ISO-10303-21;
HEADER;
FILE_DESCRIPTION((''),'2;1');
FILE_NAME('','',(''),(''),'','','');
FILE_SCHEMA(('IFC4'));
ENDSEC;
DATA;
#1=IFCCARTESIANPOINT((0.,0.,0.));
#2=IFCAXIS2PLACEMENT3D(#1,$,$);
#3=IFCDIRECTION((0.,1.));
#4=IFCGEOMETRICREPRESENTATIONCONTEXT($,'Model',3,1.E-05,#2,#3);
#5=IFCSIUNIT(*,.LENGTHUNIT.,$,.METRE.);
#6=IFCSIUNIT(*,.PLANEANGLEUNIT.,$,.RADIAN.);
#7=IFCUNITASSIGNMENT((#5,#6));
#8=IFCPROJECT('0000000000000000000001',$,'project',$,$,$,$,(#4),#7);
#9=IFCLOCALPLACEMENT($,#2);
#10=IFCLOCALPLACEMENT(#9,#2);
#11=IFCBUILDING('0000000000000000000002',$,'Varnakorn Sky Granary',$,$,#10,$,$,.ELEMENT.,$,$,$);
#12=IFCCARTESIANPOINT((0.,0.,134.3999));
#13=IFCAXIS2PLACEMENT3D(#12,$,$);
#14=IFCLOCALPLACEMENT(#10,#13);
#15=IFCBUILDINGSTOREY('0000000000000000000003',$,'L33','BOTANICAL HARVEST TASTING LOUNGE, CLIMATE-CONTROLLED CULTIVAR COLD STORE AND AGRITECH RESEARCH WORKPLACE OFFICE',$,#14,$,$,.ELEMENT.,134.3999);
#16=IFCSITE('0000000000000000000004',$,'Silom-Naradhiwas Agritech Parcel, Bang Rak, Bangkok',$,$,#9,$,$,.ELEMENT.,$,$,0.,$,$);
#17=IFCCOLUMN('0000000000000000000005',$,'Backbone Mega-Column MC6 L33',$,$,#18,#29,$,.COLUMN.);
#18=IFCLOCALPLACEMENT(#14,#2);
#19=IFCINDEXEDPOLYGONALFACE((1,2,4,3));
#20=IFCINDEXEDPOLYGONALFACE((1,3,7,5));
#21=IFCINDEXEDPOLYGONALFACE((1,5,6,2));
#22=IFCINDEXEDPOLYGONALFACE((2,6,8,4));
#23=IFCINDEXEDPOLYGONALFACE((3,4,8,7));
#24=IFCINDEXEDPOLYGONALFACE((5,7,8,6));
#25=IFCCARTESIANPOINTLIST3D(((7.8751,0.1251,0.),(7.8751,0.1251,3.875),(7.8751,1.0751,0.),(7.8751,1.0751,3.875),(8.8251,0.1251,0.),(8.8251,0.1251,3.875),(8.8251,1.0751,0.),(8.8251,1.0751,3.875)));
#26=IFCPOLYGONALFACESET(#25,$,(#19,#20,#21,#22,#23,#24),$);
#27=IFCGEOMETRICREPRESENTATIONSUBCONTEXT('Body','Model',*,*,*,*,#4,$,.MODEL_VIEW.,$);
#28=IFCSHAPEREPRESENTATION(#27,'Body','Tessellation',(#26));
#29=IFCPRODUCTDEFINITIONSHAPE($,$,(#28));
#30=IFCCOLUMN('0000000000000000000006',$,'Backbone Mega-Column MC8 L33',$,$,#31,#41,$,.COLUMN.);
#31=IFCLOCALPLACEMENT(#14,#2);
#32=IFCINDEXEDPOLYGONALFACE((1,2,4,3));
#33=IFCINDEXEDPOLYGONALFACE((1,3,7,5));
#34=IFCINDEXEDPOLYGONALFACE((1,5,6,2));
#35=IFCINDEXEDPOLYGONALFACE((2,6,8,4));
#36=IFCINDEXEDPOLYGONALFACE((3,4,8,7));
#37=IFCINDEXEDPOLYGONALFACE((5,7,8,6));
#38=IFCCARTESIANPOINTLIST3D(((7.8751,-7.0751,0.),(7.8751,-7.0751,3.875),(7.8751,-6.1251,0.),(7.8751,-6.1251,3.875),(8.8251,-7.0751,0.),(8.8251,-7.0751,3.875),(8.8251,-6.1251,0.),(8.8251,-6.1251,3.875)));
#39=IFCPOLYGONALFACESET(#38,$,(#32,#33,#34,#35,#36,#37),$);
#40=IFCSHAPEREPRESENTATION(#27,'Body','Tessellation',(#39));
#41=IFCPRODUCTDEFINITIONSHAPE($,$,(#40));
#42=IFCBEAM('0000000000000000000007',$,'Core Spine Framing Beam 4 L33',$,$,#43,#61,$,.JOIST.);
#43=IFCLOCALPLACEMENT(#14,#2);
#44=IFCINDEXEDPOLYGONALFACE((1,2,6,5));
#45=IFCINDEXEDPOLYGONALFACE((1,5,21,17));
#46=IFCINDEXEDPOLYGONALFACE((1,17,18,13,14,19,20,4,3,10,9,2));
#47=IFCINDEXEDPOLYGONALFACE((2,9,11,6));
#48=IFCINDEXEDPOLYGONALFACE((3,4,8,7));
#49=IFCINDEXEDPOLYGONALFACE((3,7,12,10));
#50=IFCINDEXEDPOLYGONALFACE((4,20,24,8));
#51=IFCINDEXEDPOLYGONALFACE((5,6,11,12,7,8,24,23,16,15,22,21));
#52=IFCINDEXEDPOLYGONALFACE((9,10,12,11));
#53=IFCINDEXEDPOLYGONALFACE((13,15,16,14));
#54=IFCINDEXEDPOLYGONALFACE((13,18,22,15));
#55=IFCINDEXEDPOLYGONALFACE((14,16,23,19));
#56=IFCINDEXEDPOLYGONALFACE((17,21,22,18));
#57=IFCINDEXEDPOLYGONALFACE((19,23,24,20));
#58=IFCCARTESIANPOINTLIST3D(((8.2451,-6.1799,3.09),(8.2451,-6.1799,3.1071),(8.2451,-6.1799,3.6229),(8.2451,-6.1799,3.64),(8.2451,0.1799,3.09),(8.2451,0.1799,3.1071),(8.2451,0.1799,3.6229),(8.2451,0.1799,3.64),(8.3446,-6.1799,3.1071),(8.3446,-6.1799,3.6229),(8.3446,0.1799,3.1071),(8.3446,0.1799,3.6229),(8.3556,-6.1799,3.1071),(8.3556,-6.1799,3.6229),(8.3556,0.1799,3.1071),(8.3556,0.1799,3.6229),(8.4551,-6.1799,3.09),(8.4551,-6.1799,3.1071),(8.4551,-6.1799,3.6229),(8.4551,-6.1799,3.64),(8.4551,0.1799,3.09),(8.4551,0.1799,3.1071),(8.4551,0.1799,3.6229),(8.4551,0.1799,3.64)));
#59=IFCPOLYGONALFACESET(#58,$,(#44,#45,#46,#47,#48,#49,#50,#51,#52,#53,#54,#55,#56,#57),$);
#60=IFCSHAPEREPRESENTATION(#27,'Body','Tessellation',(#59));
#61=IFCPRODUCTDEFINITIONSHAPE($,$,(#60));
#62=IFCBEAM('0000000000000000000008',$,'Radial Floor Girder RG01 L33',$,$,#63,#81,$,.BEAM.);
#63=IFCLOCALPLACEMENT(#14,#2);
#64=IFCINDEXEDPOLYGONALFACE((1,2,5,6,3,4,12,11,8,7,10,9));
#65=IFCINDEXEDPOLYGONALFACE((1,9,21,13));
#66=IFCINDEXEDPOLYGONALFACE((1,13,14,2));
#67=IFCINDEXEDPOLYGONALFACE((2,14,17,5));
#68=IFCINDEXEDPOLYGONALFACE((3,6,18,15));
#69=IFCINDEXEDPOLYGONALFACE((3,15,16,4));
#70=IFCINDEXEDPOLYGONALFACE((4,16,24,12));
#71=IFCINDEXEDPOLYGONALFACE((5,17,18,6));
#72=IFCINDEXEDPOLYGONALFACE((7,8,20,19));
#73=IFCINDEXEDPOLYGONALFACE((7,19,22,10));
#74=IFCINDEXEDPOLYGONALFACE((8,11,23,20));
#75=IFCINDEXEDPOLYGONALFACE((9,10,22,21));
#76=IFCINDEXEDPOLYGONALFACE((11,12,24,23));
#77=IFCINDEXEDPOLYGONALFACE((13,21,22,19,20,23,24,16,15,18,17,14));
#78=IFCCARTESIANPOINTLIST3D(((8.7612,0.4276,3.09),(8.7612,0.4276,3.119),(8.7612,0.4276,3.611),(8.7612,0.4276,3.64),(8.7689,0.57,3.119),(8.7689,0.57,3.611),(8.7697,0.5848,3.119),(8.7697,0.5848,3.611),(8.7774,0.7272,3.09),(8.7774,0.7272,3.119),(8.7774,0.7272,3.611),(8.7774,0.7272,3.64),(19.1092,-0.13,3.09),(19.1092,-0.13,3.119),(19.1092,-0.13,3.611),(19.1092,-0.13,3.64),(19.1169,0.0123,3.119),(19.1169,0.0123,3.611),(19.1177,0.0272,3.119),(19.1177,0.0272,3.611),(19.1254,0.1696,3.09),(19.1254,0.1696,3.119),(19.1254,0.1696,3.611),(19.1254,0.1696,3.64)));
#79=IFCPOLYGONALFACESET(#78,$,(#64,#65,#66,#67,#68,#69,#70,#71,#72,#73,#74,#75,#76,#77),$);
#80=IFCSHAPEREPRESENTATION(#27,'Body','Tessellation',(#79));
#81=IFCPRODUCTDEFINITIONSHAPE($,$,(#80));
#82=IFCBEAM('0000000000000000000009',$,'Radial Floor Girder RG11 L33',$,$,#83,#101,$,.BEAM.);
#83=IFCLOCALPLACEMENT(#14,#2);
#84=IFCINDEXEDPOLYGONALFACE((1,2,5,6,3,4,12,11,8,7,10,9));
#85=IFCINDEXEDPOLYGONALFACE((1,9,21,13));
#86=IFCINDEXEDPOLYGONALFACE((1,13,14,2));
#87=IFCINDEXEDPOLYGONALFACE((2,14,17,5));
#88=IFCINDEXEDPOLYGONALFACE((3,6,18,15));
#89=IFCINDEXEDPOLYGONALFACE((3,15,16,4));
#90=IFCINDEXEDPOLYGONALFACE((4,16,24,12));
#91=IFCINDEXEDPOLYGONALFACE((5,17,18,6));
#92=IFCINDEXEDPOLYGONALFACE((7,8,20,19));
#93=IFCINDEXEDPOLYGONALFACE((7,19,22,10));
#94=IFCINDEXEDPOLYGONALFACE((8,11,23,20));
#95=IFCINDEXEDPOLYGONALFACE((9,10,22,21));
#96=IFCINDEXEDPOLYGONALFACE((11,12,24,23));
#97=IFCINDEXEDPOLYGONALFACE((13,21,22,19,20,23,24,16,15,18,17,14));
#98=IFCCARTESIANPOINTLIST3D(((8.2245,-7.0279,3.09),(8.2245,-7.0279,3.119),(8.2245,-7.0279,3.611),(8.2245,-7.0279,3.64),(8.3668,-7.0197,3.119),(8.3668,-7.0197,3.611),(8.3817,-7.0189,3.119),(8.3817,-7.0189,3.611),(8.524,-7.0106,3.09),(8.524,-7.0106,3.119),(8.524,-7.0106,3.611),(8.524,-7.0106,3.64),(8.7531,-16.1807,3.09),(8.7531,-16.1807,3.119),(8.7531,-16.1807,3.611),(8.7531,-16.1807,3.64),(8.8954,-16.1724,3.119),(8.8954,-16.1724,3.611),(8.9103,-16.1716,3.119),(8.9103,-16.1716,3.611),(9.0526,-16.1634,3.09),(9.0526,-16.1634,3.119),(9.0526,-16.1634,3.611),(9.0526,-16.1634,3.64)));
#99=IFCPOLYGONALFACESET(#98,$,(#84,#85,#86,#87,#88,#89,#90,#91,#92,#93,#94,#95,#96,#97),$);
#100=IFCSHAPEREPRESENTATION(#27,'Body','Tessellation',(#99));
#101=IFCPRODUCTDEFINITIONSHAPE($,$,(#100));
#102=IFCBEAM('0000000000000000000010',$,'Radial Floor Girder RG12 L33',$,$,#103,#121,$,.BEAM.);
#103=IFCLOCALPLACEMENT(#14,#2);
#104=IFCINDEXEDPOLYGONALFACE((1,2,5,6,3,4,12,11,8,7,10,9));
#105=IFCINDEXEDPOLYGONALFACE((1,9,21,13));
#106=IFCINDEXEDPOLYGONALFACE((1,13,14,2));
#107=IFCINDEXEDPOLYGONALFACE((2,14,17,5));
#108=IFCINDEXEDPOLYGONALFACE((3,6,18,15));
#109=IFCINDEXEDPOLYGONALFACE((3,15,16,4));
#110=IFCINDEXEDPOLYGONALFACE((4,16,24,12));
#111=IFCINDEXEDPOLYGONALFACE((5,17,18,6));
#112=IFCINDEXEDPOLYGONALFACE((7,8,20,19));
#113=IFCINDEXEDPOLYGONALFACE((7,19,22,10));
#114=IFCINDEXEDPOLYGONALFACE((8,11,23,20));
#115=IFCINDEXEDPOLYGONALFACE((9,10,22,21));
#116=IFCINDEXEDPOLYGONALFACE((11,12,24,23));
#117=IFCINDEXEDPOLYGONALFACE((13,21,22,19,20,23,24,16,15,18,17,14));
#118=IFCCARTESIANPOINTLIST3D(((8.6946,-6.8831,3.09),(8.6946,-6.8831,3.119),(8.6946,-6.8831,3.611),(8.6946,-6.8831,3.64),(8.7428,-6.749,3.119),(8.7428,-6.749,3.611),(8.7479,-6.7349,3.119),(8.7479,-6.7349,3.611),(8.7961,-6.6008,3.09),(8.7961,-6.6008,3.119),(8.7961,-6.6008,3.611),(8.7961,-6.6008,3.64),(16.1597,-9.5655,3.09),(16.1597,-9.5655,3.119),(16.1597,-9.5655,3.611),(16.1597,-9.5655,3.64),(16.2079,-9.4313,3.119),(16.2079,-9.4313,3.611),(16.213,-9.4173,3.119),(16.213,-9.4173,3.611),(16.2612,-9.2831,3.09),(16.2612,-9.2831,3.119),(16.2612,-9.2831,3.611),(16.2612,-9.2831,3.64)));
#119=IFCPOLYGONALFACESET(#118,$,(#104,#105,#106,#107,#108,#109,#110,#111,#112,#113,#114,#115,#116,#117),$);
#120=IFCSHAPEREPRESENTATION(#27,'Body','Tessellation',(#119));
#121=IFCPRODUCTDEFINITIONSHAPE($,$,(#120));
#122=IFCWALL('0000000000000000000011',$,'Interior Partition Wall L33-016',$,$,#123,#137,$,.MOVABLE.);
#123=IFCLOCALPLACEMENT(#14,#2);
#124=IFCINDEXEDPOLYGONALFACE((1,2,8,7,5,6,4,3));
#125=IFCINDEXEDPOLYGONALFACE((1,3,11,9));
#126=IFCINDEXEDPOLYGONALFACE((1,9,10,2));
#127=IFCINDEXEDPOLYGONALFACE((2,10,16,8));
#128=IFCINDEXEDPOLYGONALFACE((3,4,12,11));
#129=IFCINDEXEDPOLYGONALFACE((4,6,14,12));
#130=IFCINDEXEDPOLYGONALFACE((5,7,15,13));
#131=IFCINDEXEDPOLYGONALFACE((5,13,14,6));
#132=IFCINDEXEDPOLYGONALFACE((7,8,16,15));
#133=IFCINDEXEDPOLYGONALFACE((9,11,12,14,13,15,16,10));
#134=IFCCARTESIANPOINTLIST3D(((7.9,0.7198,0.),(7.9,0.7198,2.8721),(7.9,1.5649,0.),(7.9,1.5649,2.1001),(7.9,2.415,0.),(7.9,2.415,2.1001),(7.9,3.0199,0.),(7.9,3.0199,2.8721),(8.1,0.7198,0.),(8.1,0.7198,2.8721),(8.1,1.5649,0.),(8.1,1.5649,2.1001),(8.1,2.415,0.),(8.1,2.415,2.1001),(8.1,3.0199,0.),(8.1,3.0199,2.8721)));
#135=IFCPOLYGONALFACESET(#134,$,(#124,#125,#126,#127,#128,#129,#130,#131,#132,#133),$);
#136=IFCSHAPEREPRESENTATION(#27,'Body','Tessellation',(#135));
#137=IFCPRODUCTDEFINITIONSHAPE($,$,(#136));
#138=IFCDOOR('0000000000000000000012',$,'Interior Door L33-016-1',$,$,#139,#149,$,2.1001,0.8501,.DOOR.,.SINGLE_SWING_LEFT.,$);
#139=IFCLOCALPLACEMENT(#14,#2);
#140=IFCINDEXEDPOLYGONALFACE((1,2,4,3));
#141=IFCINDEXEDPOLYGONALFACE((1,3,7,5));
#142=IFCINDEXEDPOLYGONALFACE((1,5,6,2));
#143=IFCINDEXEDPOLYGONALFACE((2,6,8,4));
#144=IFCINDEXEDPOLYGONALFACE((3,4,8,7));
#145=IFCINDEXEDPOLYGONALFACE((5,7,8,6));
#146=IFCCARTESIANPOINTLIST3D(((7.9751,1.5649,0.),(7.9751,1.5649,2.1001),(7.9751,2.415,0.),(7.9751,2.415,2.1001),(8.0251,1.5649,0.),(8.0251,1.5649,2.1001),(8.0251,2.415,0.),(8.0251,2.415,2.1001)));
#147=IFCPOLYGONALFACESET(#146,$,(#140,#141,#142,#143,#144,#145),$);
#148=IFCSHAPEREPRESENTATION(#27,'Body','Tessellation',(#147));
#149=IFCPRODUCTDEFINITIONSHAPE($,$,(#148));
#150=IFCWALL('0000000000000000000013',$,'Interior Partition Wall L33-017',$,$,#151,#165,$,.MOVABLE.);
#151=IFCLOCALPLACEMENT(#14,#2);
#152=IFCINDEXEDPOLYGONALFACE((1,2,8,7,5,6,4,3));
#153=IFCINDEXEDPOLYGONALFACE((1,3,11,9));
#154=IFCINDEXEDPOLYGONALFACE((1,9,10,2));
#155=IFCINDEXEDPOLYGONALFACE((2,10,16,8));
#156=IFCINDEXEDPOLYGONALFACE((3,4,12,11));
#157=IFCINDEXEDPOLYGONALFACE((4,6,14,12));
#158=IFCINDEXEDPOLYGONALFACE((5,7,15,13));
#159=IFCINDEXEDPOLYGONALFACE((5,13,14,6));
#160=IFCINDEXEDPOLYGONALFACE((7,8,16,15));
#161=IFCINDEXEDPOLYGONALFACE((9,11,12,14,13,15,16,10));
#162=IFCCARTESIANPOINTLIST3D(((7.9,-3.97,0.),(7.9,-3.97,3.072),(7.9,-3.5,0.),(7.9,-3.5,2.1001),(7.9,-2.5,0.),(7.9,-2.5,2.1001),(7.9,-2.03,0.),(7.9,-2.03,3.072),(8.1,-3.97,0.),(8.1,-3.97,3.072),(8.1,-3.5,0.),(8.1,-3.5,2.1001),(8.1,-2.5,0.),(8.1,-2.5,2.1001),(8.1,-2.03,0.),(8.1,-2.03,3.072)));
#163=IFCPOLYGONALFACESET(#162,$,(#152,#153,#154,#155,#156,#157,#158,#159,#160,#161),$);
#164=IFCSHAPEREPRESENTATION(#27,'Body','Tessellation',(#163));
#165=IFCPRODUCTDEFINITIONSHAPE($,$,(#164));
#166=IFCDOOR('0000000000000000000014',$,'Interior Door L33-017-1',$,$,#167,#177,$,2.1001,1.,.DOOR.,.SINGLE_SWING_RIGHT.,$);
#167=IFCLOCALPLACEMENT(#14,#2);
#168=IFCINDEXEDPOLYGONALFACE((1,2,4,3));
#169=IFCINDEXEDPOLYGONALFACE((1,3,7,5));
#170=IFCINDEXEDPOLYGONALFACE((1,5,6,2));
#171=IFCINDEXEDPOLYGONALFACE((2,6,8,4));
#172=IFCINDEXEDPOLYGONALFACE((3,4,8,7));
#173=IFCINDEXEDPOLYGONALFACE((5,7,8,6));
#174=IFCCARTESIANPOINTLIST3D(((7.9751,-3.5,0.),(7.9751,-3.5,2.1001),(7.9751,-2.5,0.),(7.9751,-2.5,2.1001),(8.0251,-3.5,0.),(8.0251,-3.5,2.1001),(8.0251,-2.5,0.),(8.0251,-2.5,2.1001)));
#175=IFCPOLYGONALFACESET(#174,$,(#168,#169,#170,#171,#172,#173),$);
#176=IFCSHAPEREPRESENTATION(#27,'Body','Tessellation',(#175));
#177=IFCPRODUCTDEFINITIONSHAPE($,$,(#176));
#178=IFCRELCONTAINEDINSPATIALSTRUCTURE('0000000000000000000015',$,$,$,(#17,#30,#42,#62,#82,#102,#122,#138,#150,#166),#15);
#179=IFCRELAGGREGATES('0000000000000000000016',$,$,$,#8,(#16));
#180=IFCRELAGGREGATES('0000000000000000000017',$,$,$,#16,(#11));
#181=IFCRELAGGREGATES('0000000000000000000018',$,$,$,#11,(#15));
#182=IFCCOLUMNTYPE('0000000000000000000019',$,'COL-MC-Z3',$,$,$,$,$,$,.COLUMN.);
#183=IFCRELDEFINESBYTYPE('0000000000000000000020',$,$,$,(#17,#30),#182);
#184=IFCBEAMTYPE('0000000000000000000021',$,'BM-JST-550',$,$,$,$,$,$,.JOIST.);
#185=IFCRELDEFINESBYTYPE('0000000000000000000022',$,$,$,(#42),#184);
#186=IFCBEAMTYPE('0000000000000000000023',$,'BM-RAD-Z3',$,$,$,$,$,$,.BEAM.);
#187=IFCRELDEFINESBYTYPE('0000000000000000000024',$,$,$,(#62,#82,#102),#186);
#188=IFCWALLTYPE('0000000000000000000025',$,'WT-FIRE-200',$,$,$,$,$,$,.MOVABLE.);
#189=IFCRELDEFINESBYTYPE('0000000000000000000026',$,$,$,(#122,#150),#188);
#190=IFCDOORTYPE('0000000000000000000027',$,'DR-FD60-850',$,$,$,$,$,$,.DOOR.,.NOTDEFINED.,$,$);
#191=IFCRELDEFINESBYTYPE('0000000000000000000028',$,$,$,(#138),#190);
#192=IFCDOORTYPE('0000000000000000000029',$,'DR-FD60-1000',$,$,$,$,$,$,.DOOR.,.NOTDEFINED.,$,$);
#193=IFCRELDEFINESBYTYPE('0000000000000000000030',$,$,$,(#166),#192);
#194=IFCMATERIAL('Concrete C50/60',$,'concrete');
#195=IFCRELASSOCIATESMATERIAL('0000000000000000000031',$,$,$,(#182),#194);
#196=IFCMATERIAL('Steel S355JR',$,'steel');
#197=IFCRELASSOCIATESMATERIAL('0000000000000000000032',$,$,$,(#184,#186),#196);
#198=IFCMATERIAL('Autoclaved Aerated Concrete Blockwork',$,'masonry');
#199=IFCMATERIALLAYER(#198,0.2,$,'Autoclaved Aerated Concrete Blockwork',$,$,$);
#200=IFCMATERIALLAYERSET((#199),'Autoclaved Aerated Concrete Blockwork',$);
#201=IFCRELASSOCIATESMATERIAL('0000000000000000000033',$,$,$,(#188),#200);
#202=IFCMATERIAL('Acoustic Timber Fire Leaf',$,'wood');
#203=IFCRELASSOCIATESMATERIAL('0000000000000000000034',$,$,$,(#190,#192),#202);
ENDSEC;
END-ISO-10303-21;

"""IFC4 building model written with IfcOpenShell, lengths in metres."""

from ifc_helpers import new_model, si_unit, direction, frame, frame_2d, origin, origin_2d, place, context, subcontext, project, spatial, rectangle, i_section, extrude, material, layer, layer_set, material_profile, profile_set, type_object, element, fill, save


model = new_model("IFC4")

# Units and contexts
model_context = context("Model", 3, precision=1e-05, world=origin(), true_north=direction((0.0, 1.0)))
body_context = subcontext(model_context, "Body", "Model", "MODEL_VIEW")
ifc_project = project(units=[si_unit("LENGTHUNIT", "METRE"), si_unit("PLANEANGLEUNIT", "RADIAN")], contexts=[model_context])

# Site, building, storey
site_placement = place(None, origin())
site = spatial("IfcSite", under=ifc_project, at=site_placement, Name="Silom-Naradhiwas Agritech Parcel, Bang Rak, Bangkok", CompositionType="ELEMENT", RefElevation=0.0)
building_placement = place(site_placement, origin())
building = spatial("IfcBuilding", under=site, at=building_placement, Name="Varnakorn Sky Granary", CompositionType="ELEMENT")
storey_placement = place(building_placement, frame((0.0, 0.0, 134.3999)))
storey = spatial("IfcBuildingStorey", under=building, at=storey_placement, Name="L33", Description="BOTANICAL HARVEST TASTING LOUNGE, CLIMATE-CONTROLLED CULTIVAR COLD STORE AND AGRITECH RESEARCH WORKPLACE OFFICE", CompositionType="ELEMENT", Elevation=134.3999)

# Columns
ifc_material_1 = material(Name="Concrete C50/60", Category="concrete")
ifc_material_profile_1 = material_profile(ifc_material_1, rectangle(XDim=0.95, YDim=0.95, at=origin_2d()), Name="RC 950x950")
ifc_profile_set_1 = profile_set([ifc_material_profile_1], Name="Concrete C50/60")
column_type = type_object("IfcColumnType", Name="COL-MC-Z3", PredefinedType="COLUMN", material=ifc_profile_set_1)
for number, where, z_axis, x_axis, name in (
    (1, (8.3501, 0.6001, 0.0), (0.0, 0.0, 1.0), (1.0, 0.0, 0.0), "Backbone Mega-Column MC6 L33"),
    (2, (8.3501, -6.6001, 0.0), (0.0, 0.0, 1.0), (1.0, 0.0, 0.0), "Backbone Mega-Column MC8 L33"),
):
    element("IfcColumn", number, at=place(storey_placement, frame(where, z_axis=z_axis, x_axis=x_axis)), inside=storey, type_object=column_type, Name=name, PredefinedType="COLUMN", context=body_context, shape_type="SweptSolid", body=[
        extrude(rectangle(XDim=0.95, YDim=0.95, at=origin_2d()), origin(), (0.0, 0.0, 1.0), 3.875),
    ])

# Beams
ifc_material_2 = material(Name="Steel S355JR", Category="steel")
ifc_material_profile_2 = material_profile(ifc_material_2, i_section(OverallWidth=0.21, OverallDepth=0.55, WebThickness=0.011, FlangeThickness=0.0171, at=origin_2d()), Name="IPE 550")
ifc_profile_set_2 = profile_set([ifc_material_profile_2], Name="Steel S355JR")
beam_type_1 = type_object("IfcBeamType", Name="BM-JST-550", PredefinedType="JOIST", material=ifc_profile_set_2)
beam_1_placement = place(storey_placement, frame((8.3501, 0.1799, 3.365), z_axis=(0.0, -1.0, 0.0), x_axis=(1.0, 0.0, 0.0)))
element("IfcBeam", 3, at=beam_1_placement, inside=storey, type_object=beam_type_1, Name="Core Spine Framing Beam 4 L33", PredefinedType="JOIST", context=body_context, shape_type="SweptSolid", body=[
    extrude(i_section(OverallWidth=0.21, OverallDepth=0.55, WebThickness=0.011, FlangeThickness=0.0171, at=origin_2d()), origin(), (0.0, 0.0, 1.0), 6.3599),
])
ifc_material_profile_3 = material_profile(ifc_material_2, i_section(OverallWidth=0.3, OverallDepth=0.55, WebThickness=0.0149, FlangeThickness=0.0291, at=origin_2d()), Name="HE 550 B")
ifc_profile_set_3 = profile_set([ifc_material_profile_3], Name="Steel S355JR")
beam_type_2 = type_object("IfcBeamType", Name="BM-RAD-Z3", PredefinedType="BEAM", material=ifc_profile_set_3)
beam_2_placement = place(storey_placement, frame((8.7693, 0.5774, 3.365), z_axis=(0.998551, -0.053808, 0.0), x_axis=(0.053808, 0.998551, 0.0)))
element("IfcBeam", 4, at=beam_2_placement, inside=storey, type_object=beam_type_2, Name="Radial Floor Girder RG01 L33", PredefinedType="BEAM", context=body_context, shape_type="SweptSolid", body=[
    extrude(i_section(OverallWidth=0.3, OverallDepth=0.55, WebThickness=0.0149, FlangeThickness=0.0291, at=origin_2d()), origin(), (0.0, 0.0, 1.0), 10.363),
])
beam_3_placement = place(storey_placement, frame((8.3743, -7.0193, 3.365), z_axis=(0.057653, -0.998337, 0.0), x_axis=(0.998337, 0.057653, 0.0)))
element("IfcBeam", 5, at=beam_3_placement, inside=storey, type_object=beam_type_2, Name="Radial Floor Girder RG11 L33", PredefinedType="BEAM", context=body_context, shape_type="SweptSolid", body=[
    extrude(i_section(OverallWidth=0.3, OverallDepth=0.55, WebThickness=0.0149, FlangeThickness=0.0291, at=origin_2d()), origin(), (0.0, 0.0, 1.0), 9.168),
])
beam_4_placement = place(storey_placement, frame((8.7454, -6.7419, 3.365), z_axis=(0.94109, -0.338155, 0.0), x_axis=(0.338155, 0.94109, 0.0)))
element("IfcBeam", 6, at=beam_4_placement, inside=storey, type_object=beam_type_2, Name="Radial Floor Girder RG12 L33", PredefinedType="BEAM", context=body_context, shape_type="SweptSolid", body=[
    extrude(i_section(OverallWidth=0.3, OverallDepth=0.55, WebThickness=0.0149, FlangeThickness=0.0291, at=origin_2d()), origin(), (0.0, 0.0, 1.0), 7.9324),
])

# Walls, openings, doors
ifc_material_3 = material(Name="Autoclaved Aerated Concrete Blockwork", Category="masonry")
ifc_layer_1 = layer(ifc_material_3, 0.2, Name="Autoclaved Aerated Concrete Blockwork")
ifc_layer_set_1 = layer_set([ifc_layer_1], Name="Autoclaved Aerated Concrete Blockwork")
wall_type_1 = type_object("IfcWallType", Name="WT-FIRE-200", PredefinedType="MOVABLE", material=ifc_layer_set_1)
wall_1_placement = place(storey_placement, frame((8.0, 0.72, 0.0), z_axis=(0.0, 0.0, 1.0), x_axis=(0.0, 1.0, 0.0)))
wall_1 = element("IfcWall", 7, at=wall_1_placement, inside=storey, type_object=wall_type_1, Name="Interior Partition Wall L33-016", PredefinedType="MOVABLE", context=body_context, shape_type="SweptSolid", body=[
    extrude(rectangle(XDim=2.3, YDim=0.2, at=frame_2d((1.1499, 0.0))), origin(), (0.0, 0.0, 1.0), 2.8721),
])
opening_1_placement = place(wall_1_placement, frame((0.845, 0.0, 0.0)))
opening_1 = element("IfcOpeningElement", 8, at=opening_1_placement, cuts=wall_1, PredefinedType="OPENING", context=body_context, shape_type="SweptSolid", body=[
    extrude(rectangle(XDim=0.8501, YDim=2.1001, at=frame_2d((0.425, 1.05))), frame((0.0, 0.1099, 0.0), z_axis=(0.0, -1.0, 0.0), x_axis=(1.0, 0.0, 0.0)), (0.0, 0.0, 1.0), 0.22),
])
ifc_material_4 = material(Name="Acoustic Timber Fire Leaf", Category="wood")
door_type_1 = type_object("IfcDoorType", Name="DR-FD60-850", OperationType="NOTDEFINED", PredefinedType="DOOR", material=ifc_material_4)
door_1_placement = place(opening_1_placement, origin())
door_1 = element("IfcDoor", 9, at=door_1_placement, inside=storey, type_object=door_type_1, Name="Interior Door L33-016-1", OperationType="SINGLE_SWING_LEFT", OverallHeight=2.1001, OverallWidth=0.8501, PredefinedType="DOOR", context=body_context, shape_type="SweptSolid", body=[
    extrude(rectangle(XDim=0.8501, YDim=2.1001, at=frame_2d((0.425, 1.05))), frame((0.0, 0.0249, 0.0), z_axis=(0.0, -1.0, 0.0), x_axis=(1.0, 0.0, 0.0)), (0.0, 0.0, 1.0), 0.05),
])
fill(opening_1, door_1)
wall_2_placement = place(storey_placement, frame((8.0, -3.97, 0.0), z_axis=(0.0, 0.0, 1.0), x_axis=(0.0, 1.0, 0.0)))
wall_2 = element("IfcWall", 10, at=wall_2_placement, inside=storey, type_object=wall_type_1, Name="Interior Partition Wall L33-017", PredefinedType="MOVABLE", context=body_context, shape_type="SweptSolid", body=[
    extrude(rectangle(XDim=1.9399, YDim=0.2, at=frame_2d((0.97, 0.0))), origin(), (0.0, 0.0, 1.0), 3.072),
])
opening_2_placement = place(wall_2_placement, frame((0.47, 0.0, 0.0)))
opening_2 = element("IfcOpeningElement", 11, at=opening_2_placement, cuts=wall_2, PredefinedType="OPENING", context=body_context, shape_type="SweptSolid", body=[
    extrude(rectangle(XDim=1.0, YDim=2.1001, at=frame_2d((0.5, 1.05))), frame((0.0, 0.1099, 0.0), z_axis=(0.0, -1.0, 0.0), x_axis=(1.0, 0.0, 0.0)), (0.0, 0.0, 1.0), 0.22),
])
door_type_2 = type_object("IfcDoorType", Name="DR-FD60-1000", OperationType="NOTDEFINED", PredefinedType="DOOR", material=ifc_material_4)
door_2_placement = place(opening_2_placement, origin())
door_2 = element("IfcDoor", 12, at=door_2_placement, inside=storey, type_object=door_type_2, Name="Interior Door L33-017-1", OperationType="SINGLE_SWING_RIGHT", OverallHeight=2.1001, OverallWidth=1.0, PredefinedType="DOOR", context=body_context, shape_type="SweptSolid", body=[
    extrude(rectangle(XDim=1.0, YDim=2.1001, at=frame_2d((0.5, 1.05))), frame((0.0, 0.0249, 0.0), z_axis=(0.0, -1.0, 0.0), x_axis=(1.0, 0.0, 0.0)), (0.0, 0.0, 1.0), 0.05),
])
fill(opening_2, door_2)

save(model, "model.ifc")
